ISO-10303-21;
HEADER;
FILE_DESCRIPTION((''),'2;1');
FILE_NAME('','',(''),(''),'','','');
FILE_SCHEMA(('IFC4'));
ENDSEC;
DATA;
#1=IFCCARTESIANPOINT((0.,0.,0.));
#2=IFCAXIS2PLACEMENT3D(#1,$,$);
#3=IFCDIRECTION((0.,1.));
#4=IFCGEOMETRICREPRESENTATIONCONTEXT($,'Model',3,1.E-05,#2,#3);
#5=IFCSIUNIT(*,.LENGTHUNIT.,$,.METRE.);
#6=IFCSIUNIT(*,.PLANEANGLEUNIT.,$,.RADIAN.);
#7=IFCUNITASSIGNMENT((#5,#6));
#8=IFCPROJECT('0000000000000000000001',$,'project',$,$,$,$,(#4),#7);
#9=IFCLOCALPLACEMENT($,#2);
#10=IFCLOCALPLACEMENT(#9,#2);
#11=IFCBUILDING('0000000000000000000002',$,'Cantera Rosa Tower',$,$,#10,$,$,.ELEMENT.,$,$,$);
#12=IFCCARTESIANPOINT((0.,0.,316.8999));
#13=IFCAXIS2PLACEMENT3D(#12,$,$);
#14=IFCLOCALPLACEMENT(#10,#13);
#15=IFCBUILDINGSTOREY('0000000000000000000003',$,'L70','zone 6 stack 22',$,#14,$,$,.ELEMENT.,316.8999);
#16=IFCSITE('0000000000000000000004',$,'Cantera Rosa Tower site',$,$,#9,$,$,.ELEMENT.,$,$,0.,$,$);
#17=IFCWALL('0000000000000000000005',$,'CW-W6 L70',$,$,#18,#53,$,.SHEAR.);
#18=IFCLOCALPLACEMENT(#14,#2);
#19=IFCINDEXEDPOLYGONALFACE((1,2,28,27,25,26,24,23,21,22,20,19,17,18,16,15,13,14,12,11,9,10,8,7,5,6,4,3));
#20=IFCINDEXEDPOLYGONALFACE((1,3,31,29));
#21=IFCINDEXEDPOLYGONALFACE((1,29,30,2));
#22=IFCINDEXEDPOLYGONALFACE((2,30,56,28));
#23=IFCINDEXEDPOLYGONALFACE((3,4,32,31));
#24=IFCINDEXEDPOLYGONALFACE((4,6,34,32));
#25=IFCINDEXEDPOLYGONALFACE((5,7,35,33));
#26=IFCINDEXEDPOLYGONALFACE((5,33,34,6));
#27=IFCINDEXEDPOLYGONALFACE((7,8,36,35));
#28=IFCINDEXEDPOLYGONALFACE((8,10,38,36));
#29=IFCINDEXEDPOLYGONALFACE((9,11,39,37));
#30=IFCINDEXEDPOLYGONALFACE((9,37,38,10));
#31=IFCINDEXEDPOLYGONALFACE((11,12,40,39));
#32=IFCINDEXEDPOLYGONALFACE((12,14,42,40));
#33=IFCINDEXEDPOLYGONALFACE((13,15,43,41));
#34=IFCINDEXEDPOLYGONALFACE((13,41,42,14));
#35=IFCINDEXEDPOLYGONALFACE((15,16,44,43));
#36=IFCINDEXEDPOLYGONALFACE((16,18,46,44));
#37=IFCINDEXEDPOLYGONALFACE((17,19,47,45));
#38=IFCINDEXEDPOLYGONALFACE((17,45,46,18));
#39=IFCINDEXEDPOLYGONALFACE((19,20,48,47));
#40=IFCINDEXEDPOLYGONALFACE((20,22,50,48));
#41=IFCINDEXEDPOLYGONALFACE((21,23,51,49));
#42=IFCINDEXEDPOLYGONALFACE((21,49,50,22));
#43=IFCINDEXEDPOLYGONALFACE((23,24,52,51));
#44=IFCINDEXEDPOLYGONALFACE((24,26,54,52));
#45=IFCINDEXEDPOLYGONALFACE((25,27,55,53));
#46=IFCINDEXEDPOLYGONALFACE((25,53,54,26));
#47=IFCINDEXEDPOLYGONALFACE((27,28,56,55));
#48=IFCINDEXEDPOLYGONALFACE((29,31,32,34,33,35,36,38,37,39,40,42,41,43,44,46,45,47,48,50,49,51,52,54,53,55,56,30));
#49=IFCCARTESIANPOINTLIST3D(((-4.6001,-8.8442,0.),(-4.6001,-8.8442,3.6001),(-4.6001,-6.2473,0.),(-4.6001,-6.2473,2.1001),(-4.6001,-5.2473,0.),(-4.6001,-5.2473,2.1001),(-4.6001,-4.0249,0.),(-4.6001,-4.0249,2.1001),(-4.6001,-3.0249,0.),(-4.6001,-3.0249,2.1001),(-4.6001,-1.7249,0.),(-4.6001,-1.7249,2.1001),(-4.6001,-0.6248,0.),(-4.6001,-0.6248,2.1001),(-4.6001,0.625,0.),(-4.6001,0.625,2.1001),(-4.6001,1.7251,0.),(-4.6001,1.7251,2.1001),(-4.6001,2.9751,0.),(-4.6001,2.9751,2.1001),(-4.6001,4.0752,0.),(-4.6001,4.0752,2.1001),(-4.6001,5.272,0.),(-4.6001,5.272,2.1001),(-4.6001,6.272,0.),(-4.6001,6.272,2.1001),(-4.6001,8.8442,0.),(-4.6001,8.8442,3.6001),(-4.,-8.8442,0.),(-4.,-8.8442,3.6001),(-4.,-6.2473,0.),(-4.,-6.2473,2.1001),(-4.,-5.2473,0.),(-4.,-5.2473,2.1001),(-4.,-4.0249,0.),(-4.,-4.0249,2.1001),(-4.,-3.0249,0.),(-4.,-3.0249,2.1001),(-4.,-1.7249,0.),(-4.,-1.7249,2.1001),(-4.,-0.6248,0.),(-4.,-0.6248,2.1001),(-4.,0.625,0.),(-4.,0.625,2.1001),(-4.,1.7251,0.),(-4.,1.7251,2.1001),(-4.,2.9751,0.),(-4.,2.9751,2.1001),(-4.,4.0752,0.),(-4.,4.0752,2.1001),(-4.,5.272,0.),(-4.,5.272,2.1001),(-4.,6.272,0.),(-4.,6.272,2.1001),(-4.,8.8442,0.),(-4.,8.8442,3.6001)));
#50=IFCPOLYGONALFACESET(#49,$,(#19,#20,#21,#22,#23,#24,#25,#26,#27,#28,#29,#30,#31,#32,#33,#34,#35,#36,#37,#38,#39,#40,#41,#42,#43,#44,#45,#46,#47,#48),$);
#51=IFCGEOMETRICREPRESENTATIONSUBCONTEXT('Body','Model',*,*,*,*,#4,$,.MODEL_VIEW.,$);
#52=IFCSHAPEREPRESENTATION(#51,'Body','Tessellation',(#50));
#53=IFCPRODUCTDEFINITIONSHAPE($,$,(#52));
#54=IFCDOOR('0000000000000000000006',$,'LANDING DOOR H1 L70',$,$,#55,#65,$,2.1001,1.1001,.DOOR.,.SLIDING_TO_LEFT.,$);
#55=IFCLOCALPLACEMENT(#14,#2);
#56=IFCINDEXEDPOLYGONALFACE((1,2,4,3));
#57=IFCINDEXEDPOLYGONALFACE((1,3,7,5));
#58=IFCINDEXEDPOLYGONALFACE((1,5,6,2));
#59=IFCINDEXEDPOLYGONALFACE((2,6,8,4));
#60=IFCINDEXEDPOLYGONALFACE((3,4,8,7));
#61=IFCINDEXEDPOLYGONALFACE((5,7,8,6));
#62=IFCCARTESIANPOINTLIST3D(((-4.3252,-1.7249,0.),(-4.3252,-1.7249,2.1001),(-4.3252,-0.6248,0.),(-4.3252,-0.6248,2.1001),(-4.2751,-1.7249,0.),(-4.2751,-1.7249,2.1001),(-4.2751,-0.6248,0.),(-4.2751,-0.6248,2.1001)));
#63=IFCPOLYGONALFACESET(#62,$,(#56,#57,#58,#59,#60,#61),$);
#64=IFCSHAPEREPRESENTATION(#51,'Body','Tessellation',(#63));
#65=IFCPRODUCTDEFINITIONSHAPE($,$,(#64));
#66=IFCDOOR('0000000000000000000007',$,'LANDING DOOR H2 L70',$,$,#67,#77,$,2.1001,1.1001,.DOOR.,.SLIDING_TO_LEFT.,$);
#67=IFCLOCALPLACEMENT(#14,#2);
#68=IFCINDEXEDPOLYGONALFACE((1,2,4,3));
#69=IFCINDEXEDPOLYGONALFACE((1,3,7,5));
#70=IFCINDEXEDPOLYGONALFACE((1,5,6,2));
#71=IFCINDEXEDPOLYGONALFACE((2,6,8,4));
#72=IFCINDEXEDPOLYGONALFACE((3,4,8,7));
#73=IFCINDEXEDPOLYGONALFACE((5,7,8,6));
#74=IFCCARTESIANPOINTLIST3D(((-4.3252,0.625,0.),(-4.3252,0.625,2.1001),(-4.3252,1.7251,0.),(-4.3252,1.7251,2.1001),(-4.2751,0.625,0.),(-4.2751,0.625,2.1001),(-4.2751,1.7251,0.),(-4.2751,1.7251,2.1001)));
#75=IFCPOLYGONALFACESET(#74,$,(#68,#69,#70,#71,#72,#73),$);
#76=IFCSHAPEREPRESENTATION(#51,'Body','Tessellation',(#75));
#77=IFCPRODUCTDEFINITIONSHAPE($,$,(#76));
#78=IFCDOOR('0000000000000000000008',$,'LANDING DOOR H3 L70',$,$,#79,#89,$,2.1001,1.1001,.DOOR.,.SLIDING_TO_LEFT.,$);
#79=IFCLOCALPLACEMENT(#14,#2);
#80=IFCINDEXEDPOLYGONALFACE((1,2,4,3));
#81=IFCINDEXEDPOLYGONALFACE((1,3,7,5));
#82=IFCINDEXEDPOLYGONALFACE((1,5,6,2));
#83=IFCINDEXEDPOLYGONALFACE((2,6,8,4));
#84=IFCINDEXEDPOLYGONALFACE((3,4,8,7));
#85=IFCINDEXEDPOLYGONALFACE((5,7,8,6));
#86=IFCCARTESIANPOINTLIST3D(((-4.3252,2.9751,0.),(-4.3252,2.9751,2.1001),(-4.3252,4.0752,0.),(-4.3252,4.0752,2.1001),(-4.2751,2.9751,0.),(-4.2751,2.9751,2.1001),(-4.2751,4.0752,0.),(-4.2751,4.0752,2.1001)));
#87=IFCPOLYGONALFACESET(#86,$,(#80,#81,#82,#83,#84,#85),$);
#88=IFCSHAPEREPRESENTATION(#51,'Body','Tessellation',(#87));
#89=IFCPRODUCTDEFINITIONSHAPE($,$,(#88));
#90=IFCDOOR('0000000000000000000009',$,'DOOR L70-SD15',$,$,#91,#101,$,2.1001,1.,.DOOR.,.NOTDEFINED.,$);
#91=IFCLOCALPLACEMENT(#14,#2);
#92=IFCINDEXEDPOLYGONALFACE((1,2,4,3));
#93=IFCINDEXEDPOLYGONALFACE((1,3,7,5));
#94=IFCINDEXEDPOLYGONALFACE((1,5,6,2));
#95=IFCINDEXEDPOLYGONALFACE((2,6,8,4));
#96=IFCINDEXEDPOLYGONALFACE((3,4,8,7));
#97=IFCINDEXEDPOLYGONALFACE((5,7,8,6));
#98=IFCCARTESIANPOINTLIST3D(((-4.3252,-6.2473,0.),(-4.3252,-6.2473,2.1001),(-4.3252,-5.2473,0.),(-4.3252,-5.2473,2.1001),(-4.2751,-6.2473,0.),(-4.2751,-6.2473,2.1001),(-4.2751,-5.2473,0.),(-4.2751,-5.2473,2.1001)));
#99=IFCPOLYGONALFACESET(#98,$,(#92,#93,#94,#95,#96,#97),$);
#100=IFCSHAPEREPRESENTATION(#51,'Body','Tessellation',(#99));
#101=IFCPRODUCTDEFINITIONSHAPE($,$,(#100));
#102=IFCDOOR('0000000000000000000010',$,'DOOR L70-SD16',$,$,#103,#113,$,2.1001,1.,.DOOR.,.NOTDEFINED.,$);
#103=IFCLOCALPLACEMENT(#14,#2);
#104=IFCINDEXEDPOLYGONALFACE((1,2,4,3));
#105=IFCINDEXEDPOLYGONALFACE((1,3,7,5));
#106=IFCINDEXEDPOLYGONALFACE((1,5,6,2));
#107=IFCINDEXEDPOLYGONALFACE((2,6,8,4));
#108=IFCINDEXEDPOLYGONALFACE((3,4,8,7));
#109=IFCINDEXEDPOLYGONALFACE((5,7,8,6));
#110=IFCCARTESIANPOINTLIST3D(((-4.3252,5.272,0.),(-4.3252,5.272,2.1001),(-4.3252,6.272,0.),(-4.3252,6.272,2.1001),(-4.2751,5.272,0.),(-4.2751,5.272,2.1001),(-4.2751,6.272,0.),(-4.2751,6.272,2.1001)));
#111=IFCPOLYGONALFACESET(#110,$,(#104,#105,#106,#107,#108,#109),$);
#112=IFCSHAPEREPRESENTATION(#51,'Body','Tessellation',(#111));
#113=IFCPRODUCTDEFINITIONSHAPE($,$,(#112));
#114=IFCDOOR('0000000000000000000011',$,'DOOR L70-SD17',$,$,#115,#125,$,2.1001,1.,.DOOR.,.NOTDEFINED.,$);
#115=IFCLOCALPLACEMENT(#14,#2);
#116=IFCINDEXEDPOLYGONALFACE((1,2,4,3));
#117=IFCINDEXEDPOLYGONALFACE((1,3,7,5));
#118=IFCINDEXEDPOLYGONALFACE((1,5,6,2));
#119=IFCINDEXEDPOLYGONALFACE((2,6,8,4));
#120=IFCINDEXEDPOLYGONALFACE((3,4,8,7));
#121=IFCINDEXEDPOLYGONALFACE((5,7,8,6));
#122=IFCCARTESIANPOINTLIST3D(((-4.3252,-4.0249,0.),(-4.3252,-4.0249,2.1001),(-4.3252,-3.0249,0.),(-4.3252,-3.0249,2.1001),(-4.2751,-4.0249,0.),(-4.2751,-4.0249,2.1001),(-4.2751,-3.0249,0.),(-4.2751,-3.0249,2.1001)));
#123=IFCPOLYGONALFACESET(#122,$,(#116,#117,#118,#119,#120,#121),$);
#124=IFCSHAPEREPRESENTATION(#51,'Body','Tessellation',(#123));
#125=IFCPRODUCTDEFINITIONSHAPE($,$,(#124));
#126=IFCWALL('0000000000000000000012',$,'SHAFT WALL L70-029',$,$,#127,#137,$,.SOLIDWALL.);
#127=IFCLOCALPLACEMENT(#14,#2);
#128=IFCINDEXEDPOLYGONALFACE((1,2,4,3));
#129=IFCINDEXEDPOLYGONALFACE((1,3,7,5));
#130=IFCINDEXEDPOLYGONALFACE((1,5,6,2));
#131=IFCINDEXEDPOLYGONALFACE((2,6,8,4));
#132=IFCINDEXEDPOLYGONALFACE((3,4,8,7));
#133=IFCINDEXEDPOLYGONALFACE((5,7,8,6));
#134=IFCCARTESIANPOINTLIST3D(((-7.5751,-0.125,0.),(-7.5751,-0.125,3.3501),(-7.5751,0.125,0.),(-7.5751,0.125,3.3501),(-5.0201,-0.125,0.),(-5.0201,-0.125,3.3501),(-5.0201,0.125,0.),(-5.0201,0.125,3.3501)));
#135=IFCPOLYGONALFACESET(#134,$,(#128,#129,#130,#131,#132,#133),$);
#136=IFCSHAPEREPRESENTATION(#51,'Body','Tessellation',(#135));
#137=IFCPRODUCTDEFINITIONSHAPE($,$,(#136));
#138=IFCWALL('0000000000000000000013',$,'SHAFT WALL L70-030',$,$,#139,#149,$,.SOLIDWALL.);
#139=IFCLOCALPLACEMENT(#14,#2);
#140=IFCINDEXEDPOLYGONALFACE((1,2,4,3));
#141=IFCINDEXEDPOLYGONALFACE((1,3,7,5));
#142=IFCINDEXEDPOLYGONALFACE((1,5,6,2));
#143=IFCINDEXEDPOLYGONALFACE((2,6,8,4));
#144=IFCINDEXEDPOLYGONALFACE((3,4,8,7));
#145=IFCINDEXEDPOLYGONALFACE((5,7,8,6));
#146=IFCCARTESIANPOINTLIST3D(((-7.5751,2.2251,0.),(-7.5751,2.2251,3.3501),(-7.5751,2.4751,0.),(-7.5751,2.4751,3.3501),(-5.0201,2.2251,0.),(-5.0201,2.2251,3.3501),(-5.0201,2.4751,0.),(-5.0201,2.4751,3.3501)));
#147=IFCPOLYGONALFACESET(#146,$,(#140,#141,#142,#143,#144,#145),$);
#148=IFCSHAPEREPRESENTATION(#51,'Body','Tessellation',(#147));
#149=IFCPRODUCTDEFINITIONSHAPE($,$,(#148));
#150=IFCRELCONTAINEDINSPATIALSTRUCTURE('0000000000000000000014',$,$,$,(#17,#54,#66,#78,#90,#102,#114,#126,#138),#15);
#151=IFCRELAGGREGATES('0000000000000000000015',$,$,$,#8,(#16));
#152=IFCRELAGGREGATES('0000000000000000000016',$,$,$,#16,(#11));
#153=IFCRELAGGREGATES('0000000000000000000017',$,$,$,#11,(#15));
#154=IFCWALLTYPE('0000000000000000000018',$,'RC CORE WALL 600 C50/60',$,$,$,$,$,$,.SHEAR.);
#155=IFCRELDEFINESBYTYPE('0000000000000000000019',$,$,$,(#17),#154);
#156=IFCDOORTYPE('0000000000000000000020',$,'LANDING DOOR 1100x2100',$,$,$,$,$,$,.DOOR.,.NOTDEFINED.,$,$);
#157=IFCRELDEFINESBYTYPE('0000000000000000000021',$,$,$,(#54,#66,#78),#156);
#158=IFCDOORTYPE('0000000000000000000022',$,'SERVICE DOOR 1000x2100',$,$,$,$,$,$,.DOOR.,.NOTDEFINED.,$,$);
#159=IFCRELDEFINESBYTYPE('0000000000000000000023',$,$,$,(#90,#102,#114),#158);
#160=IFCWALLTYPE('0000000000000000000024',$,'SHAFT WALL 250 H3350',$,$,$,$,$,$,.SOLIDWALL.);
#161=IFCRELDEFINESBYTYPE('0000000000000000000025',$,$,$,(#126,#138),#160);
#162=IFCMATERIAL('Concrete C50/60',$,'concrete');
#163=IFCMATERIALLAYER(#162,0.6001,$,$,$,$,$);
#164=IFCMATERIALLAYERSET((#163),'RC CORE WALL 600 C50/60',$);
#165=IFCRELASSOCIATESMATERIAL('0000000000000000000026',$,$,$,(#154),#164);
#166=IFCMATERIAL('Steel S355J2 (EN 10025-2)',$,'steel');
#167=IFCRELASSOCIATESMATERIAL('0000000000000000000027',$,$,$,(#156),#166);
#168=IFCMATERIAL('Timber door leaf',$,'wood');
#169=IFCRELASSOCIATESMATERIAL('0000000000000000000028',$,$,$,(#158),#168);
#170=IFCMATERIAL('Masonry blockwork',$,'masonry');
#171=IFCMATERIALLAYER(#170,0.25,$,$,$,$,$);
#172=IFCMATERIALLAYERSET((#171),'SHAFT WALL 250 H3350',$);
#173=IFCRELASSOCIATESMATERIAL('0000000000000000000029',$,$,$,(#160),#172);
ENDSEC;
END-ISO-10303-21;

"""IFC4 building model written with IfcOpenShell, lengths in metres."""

from ifc_helpers import new_model, si_unit, direction, frame, frame_2d, origin, place, context, subcontext, project, spatial, rectangle, extrude, material, layer, layer_set, type_object, element, fill, save


model = new_model("IFC4")

# Units and contexts
model_context = context("Model", 3, precision=1e-05, world=origin(), true_north=direction((0.0, 1.0)))
body_context = subcontext(model_context, "Body", "Model", "MODEL_VIEW")
ifc_project = project(units=[si_unit("LENGTHUNIT", "METRE"), si_unit("PLANEANGLEUNIT", "RADIAN")], contexts=[model_context])

# Site, building, storey
site_placement = place(None, origin())
site = spatial("IfcSite", under=ifc_project, at=site_placement, Name="Cantera Rosa Tower site", CompositionType="ELEMENT", RefElevation=0.0)
building_placement = place(site_placement, origin())
building = spatial("IfcBuilding", under=site, at=building_placement, Name="Cantera Rosa Tower", CompositionType="ELEMENT")
storey_placement = place(building_placement, frame((0.0, 0.0, 316.8999)))
storey = spatial("IfcBuildingStorey", under=building, at=storey_placement, Name="L70", Description="zone 6 stack 22", CompositionType="ELEMENT", Elevation=316.8999)

# Shared definitions
ifc_material_1 = material(Name="Concrete C50/60", Category="concrete")
ifc_layer_1 = layer(ifc_material_1, 0.6001)
ifc_layer_set_1 = layer_set([ifc_layer_1], Name="RC CORE WALL 600 C50/60")
wall_type_1 = type_object("IfcWallType", Name="RC CORE WALL 600 C50/60", PredefinedType="SHEAR", material=ifc_layer_set_1)

# Wall, openings, doors
wall_1_placement = place(storey_placement, frame((-4.3, 8.8442, 0.0), z_axis=(0.0, 0.0, 1.0), x_axis=(0.0, -1.0, 0.0)))
wall_1 = element("IfcWall", 1, at=wall_1_placement, inside=storey, type_object=wall_type_1, Name="CW-W6 L70", PredefinedType="SHEAR", context=body_context, shape_type="SweptSolid", body=[
    extrude(rectangle(XDim=17.6885, YDim=0.6001, at=frame_2d((8.8442, 0.0))), origin(), (0.0, 0.0, 1.0), 3.6001),
])
opening_1_placement = place(wall_1_placement, frame((9.469, 0.0, 0.0)))
opening_1 = element("IfcOpeningElement", 2, at=opening_1_placement, cuts=wall_1, PredefinedType="OPENING", context=body_context, shape_type="SweptSolid", body=[
    extrude(rectangle(XDim=1.1001, YDim=2.1001, at=frame_2d((0.55, 1.05))), frame((0.0, 0.3101, 0.0), z_axis=(0.0, -1.0, 0.0), x_axis=(1.0, 0.0, 0.0)), (0.0, 0.0, 1.0), 0.6201),
])
opening_2_placement = place(wall_1_placement, frame((7.1191, 0.0, 0.0)))
opening_2 = element("IfcOpeningElement", 3, at=opening_2_placement, cuts=wall_1, PredefinedType="OPENING", context=body_context, shape_type="SweptSolid", body=[
    extrude(rectangle(XDim=1.1001, YDim=2.1001, at=frame_2d((0.55, 1.05))), frame((0.0, 0.3101, 0.0), z_axis=(0.0, -1.0, 0.0), x_axis=(1.0, 0.0, 0.0)), (0.0, 0.0, 1.0), 0.6201),
])
opening_3_placement = place(wall_1_placement, frame((4.769, 0.0, 0.0)))
opening_3 = element("IfcOpeningElement", 4, at=opening_3_placement, cuts=wall_1, PredefinedType="OPENING", context=body_context, shape_type="SweptSolid", body=[
    extrude(rectangle(XDim=1.1001, YDim=2.1001, at=frame_2d((0.55, 1.05))), frame((0.0, 0.3101, 0.0), z_axis=(0.0, -1.0, 0.0), x_axis=(1.0, 0.0, 0.0)), (0.0, 0.0, 1.0), 0.6201),
])
opening_4_placement = place(wall_1_placement, frame((14.0916, 0.0, 0.0)))
opening_4 = element("IfcOpeningElement", 5, at=opening_4_placement, cuts=wall_1, PredefinedType="OPENING", context=body_context, shape_type="SweptSolid", body=[
    extrude(rectangle(XDim=1.0, YDim=2.1001, at=frame_2d((0.5, 1.05))), frame((0.0, 0.3101, 0.0), z_axis=(0.0, -1.0, 0.0), x_axis=(1.0, 0.0, 0.0)), (0.0, 0.0, 1.0), 0.6201),
])
opening_5_placement = place(wall_1_placement, frame((2.5723, 0.0, 0.0)))
opening_5 = element("IfcOpeningElement", 6, at=opening_5_placement, cuts=wall_1, PredefinedType="OPENING", context=body_context, shape_type="SweptSolid", body=[
    extrude(rectangle(XDim=1.0, YDim=2.1001, at=frame_2d((0.5, 1.05))), frame((0.0, 0.3101, 0.0), z_axis=(0.0, -1.0, 0.0), x_axis=(1.0, 0.0, 0.0)), (0.0, 0.0, 1.0), 0.6201),
])
opening_6_placement = place(wall_1_placement, frame((11.8691, 0.0, 0.0)))
opening_6 = element("IfcOpeningElement", 7, at=opening_6_placement, cuts=wall_1, PredefinedType="OPENING", context=body_context, shape_type="SweptSolid", body=[
    extrude(rectangle(XDim=1.0, YDim=2.1001, at=frame_2d((0.5, 1.05))), frame((0.0, 0.3101, 0.0), z_axis=(0.0, -1.0, 0.0), x_axis=(1.0, 0.0, 0.0)), (0.0, 0.0, 1.0), 0.6201),
])
ifc_material_2 = material(Name="Steel S355J2 (EN 10025-2)", Category="steel")
door_type_1 = type_object("IfcDoorType", Name="LANDING DOOR 1100x2100", OperationType="NOTDEFINED", PredefinedType="DOOR", material=ifc_material_2)
door_1_placement = place(opening_1_placement, origin())
door_1 = element("IfcDoor", 8, at=door_1_placement, inside=storey, type_object=door_type_1, Name="LANDING DOOR H1 L70", OperationType="SLIDING_TO_LEFT", OverallHeight=2.1001, OverallWidth=1.1001, PredefinedType="DOOR", context=body_context, shape_type="SweptSolid", body=[
    extrude(rectangle(XDim=1.1001, YDim=2.1001, at=frame_2d((0.55, 1.05))), frame((0.0, 0.0249, 0.0), z_axis=(0.0, -1.0, 0.0), x_axis=(1.0, 0.0, 0.0)), (0.0, 0.0, 1.0), 0.05),
])
fill(opening_1, door_1)
door_2_placement = place(opening_2_placement, origin())
door_2 = element("IfcDoor", 9, at=door_2_placement, inside=storey, type_object=door_type_1, Name="LANDING DOOR H2 L70", OperationType="SLIDING_TO_LEFT", OverallHeight=2.1001, OverallWidth=1.1001, PredefinedType="DOOR", context=body_context, shape_type="SweptSolid", body=[
    extrude(rectangle(XDim=1.1001, YDim=2.1001, at=frame_2d((0.55, 1.05))), frame((0.0, 0.0249, 0.0), z_axis=(0.0, -1.0, 0.0), x_axis=(1.0, 0.0, 0.0)), (0.0, 0.0, 1.0), 0.05),
])
fill(opening_2, door_2)
door_3_placement = place(opening_3_placement, origin())
door_3 = element("IfcDoor", 10, at=door_3_placement, inside=storey, type_object=door_type_1, Name="LANDING DOOR H3 L70", OperationType="SLIDING_TO_LEFT", OverallHeight=2.1001, OverallWidth=1.1001, PredefinedType="DOOR", context=body_context, shape_type="SweptSolid", body=[
    extrude(rectangle(XDim=1.1001, YDim=2.1001, at=frame_2d((0.55, 1.05))), frame((0.0, 0.0249, 0.0), z_axis=(0.0, -1.0, 0.0), x_axis=(1.0, 0.0, 0.0)), (0.0, 0.0, 1.0), 0.05),
])
fill(opening_3, door_3)
ifc_material_3 = material(Name="Timber door leaf", Category="wood")
door_type_2 = type_object("IfcDoorType", Name="SERVICE DOOR 1000x2100", OperationType="NOTDEFINED", PredefinedType="DOOR", material=ifc_material_3)
door_4_placement = place(opening_4_placement, origin())
door_4 = element("IfcDoor", 11, at=door_4_placement, inside=storey, type_object=door_type_2, Name="DOOR L70-SD15", OperationType="NOTDEFINED", OverallHeight=2.1001, OverallWidth=1.0, PredefinedType="DOOR", context=body_context, shape_type="SweptSolid", body=[
    extrude(rectangle(XDim=1.0, YDim=2.1001, at=frame_2d((0.5, 1.05))), frame((0.0, 0.0249, 0.0), z_axis=(0.0, -1.0, 0.0), x_axis=(1.0, 0.0, 0.0)), (0.0, 0.0, 1.0), 0.05),
])
fill(opening_4, door_4)
door_5_placement = place(opening_5_placement, origin())
door_5 = element("IfcDoor", 12, at=door_5_placement, inside=storey, type_object=door_type_2, Name="DOOR L70-SD16", OperationType="NOTDEFINED", OverallHeight=2.1001, OverallWidth=1.0, PredefinedType="DOOR", context=body_context, shape_type="SweptSolid", body=[
    extrude(rectangle(XDim=1.0, YDim=2.1001, at=frame_2d((0.5, 1.05))), frame((0.0, 0.0249, 0.0), z_axis=(0.0, -1.0, 0.0), x_axis=(1.0, 0.0, 0.0)), (0.0, 0.0, 1.0), 0.05),
])
fill(opening_5, door_5)
door_6_placement = place(opening_6_placement, origin())
door_6 = element("IfcDoor", 13, at=door_6_placement, inside=storey, type_object=door_type_2, Name="DOOR L70-SD17", OperationType="NOTDEFINED", OverallHeight=2.1001, OverallWidth=1.0, PredefinedType="DOOR", context=body_context, shape_type="SweptSolid", body=[
    extrude(rectangle(XDim=1.0, YDim=2.1001, at=frame_2d((0.5, 1.05))), frame((0.0, 0.0249, 0.0), z_axis=(0.0, -1.0, 0.0), x_axis=(1.0, 0.0, 0.0)), (0.0, 0.0, 1.0), 0.05),
])
fill(opening_6, door_6)

# Walls
ifc_material_4 = material(Name="Masonry blockwork", Category="masonry")
ifc_layer_2 = layer(ifc_material_4, 0.25)
ifc_layer_set_2 = layer_set([ifc_layer_2], Name="SHAFT WALL 250 H3350")
wall_type_2 = type_object("IfcWallType", Name="SHAFT WALL 250 H3350", PredefinedType="SOLIDWALL", material=ifc_layer_set_2)
for number, where, z_axis, x_axis, name in (
    (14, (-7.575, 0.0, 0.0), (0.0, 0.0, 1.0), (1.0, 0.0, 0.0), "SHAFT WALL L70-029"),
    (15, (-7.575, 2.3501, 0.0), (0.0, 0.0, 1.0), (1.0, 0.0, 0.0), "SHAFT WALL L70-030"),
):
    element("IfcWall", number, at=place(storey_placement, frame(where, z_axis=z_axis, x_axis=x_axis)), inside=storey, type_object=wall_type_2, Name=name, PredefinedType="SOLIDWALL", context=body_context, shape_type="SweptSolid", body=[
        extrude(rectangle(XDim=2.5549, YDim=0.25, at=frame_2d((1.2773, 0.0))), origin(), (0.0, 0.0, 1.0), 3.3501),
    ])

save(model, "model.ifc")
